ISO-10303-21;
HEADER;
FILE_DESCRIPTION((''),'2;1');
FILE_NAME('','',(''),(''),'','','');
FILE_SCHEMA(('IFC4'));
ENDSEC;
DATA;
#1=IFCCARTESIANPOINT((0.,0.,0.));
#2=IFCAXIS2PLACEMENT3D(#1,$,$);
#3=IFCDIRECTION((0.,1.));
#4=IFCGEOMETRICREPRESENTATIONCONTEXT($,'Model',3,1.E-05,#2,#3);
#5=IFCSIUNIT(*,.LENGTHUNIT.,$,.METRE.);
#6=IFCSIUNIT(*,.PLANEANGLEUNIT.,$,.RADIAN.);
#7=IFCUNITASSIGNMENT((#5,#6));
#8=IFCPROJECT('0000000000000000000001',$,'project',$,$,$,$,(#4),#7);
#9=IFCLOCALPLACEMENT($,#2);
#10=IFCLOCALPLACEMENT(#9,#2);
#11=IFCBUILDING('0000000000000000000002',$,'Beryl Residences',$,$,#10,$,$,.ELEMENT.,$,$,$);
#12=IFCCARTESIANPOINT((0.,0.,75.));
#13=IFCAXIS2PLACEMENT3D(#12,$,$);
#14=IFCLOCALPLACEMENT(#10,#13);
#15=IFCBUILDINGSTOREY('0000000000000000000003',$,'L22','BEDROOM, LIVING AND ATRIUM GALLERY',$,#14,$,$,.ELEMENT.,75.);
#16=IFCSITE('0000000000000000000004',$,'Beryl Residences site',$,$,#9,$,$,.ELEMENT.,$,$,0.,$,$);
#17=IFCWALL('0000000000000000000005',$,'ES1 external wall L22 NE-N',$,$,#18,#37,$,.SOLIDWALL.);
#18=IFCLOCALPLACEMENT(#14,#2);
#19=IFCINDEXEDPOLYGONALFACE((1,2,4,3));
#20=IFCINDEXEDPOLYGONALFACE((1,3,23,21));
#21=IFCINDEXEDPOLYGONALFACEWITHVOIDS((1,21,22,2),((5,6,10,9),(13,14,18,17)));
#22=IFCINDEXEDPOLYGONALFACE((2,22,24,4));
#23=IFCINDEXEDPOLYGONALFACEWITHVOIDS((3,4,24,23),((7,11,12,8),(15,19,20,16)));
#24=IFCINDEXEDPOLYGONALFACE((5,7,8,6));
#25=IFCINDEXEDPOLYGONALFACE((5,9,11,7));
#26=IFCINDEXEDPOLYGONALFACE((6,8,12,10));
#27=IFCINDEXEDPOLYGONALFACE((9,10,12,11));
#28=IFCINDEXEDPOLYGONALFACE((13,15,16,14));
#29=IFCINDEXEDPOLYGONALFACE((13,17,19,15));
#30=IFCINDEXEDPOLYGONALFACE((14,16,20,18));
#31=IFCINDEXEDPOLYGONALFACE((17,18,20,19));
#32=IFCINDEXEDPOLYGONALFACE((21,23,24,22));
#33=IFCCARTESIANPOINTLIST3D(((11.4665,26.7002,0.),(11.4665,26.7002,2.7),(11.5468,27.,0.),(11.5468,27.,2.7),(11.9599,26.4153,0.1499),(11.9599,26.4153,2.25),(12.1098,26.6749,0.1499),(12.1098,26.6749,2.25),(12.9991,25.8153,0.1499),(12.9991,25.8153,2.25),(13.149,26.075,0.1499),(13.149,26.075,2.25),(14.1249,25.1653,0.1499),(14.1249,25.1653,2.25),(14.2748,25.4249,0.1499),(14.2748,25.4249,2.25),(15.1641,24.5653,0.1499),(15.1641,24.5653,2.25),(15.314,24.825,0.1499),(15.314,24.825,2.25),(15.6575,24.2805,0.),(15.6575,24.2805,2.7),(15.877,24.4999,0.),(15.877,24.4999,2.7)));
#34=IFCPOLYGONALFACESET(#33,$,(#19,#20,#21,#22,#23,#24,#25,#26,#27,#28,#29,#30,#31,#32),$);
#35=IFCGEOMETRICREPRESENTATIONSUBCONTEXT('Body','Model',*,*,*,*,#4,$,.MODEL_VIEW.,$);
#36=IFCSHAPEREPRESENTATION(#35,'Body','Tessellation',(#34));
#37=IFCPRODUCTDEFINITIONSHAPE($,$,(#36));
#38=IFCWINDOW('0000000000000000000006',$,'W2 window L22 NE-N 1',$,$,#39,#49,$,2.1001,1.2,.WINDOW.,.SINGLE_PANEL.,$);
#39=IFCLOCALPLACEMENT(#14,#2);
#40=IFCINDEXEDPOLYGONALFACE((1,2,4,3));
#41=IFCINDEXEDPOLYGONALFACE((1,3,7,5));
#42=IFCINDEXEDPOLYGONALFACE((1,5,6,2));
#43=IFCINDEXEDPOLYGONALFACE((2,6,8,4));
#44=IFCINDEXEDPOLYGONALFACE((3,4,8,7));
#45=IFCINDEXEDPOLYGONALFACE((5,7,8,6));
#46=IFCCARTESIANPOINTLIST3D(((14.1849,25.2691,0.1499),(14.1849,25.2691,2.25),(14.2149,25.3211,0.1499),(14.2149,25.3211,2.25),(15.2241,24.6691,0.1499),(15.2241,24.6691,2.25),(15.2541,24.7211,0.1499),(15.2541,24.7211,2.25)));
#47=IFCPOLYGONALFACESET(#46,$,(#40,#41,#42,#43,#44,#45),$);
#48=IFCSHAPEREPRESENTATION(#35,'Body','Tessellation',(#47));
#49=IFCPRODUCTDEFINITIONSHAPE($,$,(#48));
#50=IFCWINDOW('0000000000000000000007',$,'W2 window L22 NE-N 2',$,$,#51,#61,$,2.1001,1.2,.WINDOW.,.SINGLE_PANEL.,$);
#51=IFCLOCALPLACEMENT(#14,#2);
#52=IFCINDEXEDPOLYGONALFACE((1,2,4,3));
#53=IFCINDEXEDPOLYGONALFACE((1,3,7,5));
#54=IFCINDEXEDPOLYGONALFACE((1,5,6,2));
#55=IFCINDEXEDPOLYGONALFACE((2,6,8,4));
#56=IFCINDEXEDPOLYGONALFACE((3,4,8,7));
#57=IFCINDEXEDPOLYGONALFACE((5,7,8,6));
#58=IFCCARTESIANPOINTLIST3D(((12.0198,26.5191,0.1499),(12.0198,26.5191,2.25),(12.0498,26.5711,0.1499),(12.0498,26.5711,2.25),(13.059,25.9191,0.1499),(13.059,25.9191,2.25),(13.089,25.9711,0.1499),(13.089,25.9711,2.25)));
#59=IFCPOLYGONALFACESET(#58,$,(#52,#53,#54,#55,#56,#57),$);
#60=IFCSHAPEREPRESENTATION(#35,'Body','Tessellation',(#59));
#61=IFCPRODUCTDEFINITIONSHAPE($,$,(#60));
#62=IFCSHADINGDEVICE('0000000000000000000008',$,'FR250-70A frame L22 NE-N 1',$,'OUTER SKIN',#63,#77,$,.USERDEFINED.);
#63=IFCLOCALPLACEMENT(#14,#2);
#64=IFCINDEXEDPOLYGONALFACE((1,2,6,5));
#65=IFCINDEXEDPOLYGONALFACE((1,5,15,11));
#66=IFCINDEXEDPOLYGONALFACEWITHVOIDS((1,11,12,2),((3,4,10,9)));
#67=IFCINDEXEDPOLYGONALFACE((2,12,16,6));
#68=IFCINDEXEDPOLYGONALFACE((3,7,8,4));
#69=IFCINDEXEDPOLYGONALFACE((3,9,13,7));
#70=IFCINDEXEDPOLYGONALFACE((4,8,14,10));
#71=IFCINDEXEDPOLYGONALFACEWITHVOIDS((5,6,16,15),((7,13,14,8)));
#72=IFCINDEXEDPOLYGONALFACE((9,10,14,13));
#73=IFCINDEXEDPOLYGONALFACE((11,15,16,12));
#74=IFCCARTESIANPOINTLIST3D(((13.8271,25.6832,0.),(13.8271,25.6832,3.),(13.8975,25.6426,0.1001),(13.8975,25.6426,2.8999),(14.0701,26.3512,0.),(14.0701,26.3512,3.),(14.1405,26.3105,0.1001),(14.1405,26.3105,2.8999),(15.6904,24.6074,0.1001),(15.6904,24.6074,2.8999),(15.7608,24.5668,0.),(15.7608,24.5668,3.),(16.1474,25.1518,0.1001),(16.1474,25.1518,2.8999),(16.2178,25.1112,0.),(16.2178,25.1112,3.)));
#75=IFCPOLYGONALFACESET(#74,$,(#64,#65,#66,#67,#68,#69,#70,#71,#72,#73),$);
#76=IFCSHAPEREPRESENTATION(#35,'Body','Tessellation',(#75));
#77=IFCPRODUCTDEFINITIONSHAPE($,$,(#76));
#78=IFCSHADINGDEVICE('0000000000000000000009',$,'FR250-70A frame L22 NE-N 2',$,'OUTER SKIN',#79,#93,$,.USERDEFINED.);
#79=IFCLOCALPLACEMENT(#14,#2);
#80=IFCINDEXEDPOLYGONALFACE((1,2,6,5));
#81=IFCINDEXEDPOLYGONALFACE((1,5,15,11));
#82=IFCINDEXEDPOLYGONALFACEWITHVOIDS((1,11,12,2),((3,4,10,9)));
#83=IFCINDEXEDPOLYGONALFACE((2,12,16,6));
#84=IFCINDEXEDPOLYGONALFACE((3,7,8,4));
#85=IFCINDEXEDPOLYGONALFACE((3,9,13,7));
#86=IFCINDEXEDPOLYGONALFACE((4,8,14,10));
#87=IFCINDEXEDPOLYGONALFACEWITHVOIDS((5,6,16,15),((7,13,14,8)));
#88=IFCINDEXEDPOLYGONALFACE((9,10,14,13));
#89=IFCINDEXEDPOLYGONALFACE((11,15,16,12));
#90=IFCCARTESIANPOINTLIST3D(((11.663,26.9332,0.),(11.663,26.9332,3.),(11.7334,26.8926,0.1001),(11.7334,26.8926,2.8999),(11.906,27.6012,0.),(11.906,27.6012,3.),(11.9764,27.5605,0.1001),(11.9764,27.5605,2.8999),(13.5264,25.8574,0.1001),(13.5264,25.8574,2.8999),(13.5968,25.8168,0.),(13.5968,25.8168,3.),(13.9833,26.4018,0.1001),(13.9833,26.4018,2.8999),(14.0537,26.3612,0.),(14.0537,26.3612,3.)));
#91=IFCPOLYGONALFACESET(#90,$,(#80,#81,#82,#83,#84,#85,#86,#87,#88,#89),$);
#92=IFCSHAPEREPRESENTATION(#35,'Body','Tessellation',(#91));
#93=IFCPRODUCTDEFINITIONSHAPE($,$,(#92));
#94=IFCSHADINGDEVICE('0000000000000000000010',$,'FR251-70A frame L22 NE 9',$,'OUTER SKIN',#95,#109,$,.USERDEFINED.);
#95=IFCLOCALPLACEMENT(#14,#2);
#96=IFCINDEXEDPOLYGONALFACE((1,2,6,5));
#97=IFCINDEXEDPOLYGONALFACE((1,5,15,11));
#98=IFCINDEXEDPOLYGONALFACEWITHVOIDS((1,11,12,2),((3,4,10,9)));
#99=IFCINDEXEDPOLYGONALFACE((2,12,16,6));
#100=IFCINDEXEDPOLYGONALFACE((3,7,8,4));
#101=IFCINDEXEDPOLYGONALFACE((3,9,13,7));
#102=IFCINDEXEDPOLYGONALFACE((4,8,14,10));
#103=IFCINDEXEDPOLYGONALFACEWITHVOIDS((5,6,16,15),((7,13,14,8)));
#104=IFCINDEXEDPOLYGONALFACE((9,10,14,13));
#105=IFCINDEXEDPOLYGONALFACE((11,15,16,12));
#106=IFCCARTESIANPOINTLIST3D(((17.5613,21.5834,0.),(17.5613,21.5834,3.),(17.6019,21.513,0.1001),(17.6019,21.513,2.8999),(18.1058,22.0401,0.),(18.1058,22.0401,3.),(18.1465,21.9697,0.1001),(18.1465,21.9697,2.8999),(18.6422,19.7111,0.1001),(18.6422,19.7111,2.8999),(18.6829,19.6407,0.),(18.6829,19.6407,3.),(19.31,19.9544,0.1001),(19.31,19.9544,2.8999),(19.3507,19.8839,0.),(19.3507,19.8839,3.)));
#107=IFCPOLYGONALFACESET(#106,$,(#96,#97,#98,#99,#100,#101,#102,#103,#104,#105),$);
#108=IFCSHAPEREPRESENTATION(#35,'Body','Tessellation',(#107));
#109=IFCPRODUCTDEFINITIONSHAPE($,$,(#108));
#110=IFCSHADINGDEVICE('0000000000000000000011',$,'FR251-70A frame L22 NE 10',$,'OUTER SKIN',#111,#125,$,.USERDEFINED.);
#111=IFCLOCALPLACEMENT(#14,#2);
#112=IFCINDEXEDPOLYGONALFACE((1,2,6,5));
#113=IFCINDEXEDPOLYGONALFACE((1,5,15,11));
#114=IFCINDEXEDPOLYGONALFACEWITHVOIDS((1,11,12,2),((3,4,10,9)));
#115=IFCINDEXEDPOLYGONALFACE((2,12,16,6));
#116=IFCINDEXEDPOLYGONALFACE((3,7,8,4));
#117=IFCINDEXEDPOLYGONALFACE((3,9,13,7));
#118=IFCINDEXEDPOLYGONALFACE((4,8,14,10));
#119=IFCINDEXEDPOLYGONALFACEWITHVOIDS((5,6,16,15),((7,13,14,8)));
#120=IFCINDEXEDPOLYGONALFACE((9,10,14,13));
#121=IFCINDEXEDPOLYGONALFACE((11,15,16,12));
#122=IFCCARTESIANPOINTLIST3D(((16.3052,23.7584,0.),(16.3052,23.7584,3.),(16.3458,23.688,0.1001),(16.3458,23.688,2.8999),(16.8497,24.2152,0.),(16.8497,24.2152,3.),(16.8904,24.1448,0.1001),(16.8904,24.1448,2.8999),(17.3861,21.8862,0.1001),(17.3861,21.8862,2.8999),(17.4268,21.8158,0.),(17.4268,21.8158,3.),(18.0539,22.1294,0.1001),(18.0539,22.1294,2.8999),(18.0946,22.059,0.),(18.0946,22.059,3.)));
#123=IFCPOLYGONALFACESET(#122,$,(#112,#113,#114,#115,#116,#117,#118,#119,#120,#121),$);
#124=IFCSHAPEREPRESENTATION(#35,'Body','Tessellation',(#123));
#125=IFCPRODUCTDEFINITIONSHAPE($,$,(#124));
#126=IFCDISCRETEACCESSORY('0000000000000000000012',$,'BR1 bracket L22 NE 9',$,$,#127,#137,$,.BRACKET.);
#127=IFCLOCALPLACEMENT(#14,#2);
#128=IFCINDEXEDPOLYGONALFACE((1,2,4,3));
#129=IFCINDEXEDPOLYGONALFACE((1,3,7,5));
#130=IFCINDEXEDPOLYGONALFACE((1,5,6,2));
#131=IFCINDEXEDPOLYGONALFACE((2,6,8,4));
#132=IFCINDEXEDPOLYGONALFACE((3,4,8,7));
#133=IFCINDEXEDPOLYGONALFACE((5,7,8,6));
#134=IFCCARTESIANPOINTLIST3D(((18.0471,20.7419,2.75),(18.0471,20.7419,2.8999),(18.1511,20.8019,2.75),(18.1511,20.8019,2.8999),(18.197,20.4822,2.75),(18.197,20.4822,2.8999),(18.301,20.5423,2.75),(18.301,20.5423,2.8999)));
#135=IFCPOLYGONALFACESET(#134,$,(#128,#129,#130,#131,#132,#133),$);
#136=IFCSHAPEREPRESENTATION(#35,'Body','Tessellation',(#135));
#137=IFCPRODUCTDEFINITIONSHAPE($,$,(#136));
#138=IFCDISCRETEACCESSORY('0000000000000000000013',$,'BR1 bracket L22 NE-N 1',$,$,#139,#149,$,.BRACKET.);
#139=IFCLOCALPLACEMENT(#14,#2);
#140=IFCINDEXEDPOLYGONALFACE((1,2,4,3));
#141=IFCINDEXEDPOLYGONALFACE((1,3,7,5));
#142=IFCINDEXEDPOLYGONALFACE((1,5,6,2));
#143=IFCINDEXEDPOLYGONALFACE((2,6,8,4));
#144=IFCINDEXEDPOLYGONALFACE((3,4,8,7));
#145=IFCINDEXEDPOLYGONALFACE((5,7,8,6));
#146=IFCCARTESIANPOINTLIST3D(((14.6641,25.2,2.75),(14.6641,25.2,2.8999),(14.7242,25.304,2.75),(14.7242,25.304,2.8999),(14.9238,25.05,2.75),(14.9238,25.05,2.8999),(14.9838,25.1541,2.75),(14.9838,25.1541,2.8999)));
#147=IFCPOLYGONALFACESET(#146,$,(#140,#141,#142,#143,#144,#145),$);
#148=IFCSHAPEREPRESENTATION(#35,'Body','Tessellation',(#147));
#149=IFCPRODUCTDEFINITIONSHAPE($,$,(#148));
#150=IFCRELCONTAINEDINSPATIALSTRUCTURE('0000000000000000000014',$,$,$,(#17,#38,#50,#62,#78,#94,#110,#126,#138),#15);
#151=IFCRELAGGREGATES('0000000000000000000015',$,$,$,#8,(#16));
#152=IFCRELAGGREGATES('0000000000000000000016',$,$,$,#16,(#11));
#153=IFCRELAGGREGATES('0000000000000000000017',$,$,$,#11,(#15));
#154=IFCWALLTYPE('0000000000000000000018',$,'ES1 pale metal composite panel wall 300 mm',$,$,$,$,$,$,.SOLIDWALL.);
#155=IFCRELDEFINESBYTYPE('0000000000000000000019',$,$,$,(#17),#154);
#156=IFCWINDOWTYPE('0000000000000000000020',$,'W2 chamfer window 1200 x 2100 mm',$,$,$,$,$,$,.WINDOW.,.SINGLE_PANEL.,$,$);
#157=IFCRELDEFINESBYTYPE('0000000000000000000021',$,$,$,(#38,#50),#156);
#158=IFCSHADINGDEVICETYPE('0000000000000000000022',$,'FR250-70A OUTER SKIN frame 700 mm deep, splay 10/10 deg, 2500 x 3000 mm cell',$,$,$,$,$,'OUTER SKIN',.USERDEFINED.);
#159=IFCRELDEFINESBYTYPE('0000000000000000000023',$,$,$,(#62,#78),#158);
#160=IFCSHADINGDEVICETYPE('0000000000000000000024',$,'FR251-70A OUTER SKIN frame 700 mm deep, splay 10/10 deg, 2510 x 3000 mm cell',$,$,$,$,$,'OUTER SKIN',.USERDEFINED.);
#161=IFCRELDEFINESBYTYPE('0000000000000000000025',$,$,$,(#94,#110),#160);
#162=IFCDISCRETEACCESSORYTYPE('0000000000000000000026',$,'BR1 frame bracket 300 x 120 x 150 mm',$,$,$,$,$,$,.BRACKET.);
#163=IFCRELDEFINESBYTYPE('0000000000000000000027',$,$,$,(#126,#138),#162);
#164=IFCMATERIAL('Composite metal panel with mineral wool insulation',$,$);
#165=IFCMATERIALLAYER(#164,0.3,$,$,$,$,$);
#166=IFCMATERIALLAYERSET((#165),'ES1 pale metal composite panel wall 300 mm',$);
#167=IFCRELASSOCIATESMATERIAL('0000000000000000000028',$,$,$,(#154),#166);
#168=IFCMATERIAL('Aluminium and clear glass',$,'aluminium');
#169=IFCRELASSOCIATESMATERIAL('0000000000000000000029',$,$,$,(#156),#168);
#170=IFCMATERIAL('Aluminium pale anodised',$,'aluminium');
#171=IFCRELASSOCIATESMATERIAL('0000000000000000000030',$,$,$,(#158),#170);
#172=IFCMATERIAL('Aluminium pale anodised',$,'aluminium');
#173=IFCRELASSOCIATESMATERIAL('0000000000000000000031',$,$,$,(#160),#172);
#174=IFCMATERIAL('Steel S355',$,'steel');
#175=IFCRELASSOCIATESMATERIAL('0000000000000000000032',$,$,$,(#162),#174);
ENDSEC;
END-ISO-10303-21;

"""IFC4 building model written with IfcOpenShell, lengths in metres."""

from ifc_helpers import new_model, entity, si_unit, direction, frame, frame_2d, origin, place, context, subcontext, project, spatial, polyline, rectangle, outline, extrude, source, transform, mapped, material, layer, layer_set, type_object, type_shapes, element, fill, save


model = new_model("IFC4")

# Units and contexts
model_context = context("Model", 3, precision=1e-05, world=origin(), true_north=direction((0.0, 1.0)))
body_context = subcontext(model_context, "Body", "Model", "MODEL_VIEW")
ifc_project = project(units=[si_unit("LENGTHUNIT", "METRE"), si_unit("PLANEANGLEUNIT", "RADIAN")], contexts=[model_context])

# Site, building, storey
site_placement = place(None, origin())
site = spatial("IfcSite", under=ifc_project, at=site_placement, Name="Beryl Residences site", CompositionType="ELEMENT", RefElevation=0.0)
building_placement = place(site_placement, origin())
building = spatial("IfcBuilding", under=site, at=building_placement, Name="Beryl Residences", CompositionType="ELEMENT")
storey_placement = place(building_placement, frame((0.0, 0.0, 75.0)))
storey = spatial("IfcBuildingStorey", under=building, at=storey_placement, Name="L22", Description="BEDROOM, LIVING AND ATRIUM GALLERY", CompositionType="ELEMENT", Elevation=75.0)

# Wall, openings, windows
ifc_material_1 = material(Name="Composite metal panel with mineral wool insulation")
ifc_layer = layer(ifc_material_1, 0.3)
ifc_layer_set = layer_set([ifc_layer], Name="ES1 pale metal composite panel wall 300 mm")
wall_type = type_object("IfcWallType", Name="ES1 pale metal composite panel wall 300 mm", PredefinedType="SOLIDWALL", material=ifc_layer_set)
wall_1_placement = place(storey_placement, frame((15.802, 24.3701, 0.0), z_axis=(0.0, 0.0, 1.0), x_axis=(-0.866023, 0.500004, 0.0)))
wall_1 = element("IfcWall", 1, at=wall_1_placement, inside=storey, type_object=wall_type, Name="ES1 external wall L22 NE-N", PredefinedType="SOLIDWALL", context=body_context, shape_type="SweptSolid", body=[
    extrude(outline(polyline([(0.0, -0.1499), (5.0, -0.1499), (4.9197, 0.1499), (0.0803, 0.1499), (0.0, -0.1499)])), origin(), (0.0, 0.0, 1.0), 2.7),
])
opening_1_placement = place(wall_1_placement, frame((0.6499, 0.0, 0.1499)))
opening_1 = element("IfcOpeningElement", 2, at=opening_1_placement, cuts=wall_1, PredefinedType="OPENING", context=body_context, shape_type="SweptSolid", body=[
    extrude(rectangle(XDim=1.2, YDim=2.1001, at=frame_2d((0.6001, 1.05))), frame((0.0, 0.1599, 0.0), z_axis=(0.0, -1.0, 0.0), x_axis=(1.0, 0.0, 0.0)), (0.0, 0.0, 1.0), 0.3201),
])
opening_2_placement = place(wall_1_placement, frame((3.1499, 0.0, 0.1499)))
opening_2 = element("IfcOpeningElement", 3, at=opening_2_placement, cuts=wall_1, PredefinedType="OPENING", context=body_context, shape_type="SweptSolid", body=[
    extrude(rectangle(XDim=1.2, YDim=2.1001, at=frame_2d((0.6001, 1.05))), frame((0.0, 0.1599, 0.0), z_axis=(0.0, -1.0, 0.0), x_axis=(1.0, 0.0, 0.0)), (0.0, 0.0, 1.0), 0.3201),
])
ifc_material_2 = material(Name="Aluminium and clear glass", Category="aluminium")
window_type_1 = type_object("IfcWindowType", Name="W2 chamfer window 1200 x 2100 mm", PartitioningType="SINGLE_PANEL", PredefinedType="WINDOW", material=ifc_material_2)
window_1_placement = place(opening_1_placement, origin())
window_1 = element("IfcWindow", 4, at=window_1_placement, inside=storey, type_object=window_type_1, Name="W2 window L22 NE-N 1", OverallHeight=2.1001, OverallWidth=1.2, PartitioningType="SINGLE_PANEL", PredefinedType="WINDOW", context=body_context, shape_type="SweptSolid", body=[
    extrude(rectangle(XDim=1.2, YDim=2.1001, at=frame_2d((0.6001, 1.05))), frame((0.0, 0.03, 0.0), z_axis=(0.0, -1.0, 0.0), x_axis=(1.0, 0.0, 0.0)), (0.0, 0.0, 1.0), 0.0601),
])
fill(opening_1, window_1)
window_2_placement = place(opening_2_placement, origin())
window_2 = element("IfcWindow", 5, at=window_2_placement, inside=storey, type_object=window_type_1, Name="W2 window L22 NE-N 2", OverallHeight=2.1001, OverallWidth=1.2, PartitioningType="SINGLE_PANEL", PredefinedType="WINDOW", context=body_context, shape_type="SweptSolid", body=[
    extrude(rectangle(XDim=1.2, YDim=2.1001, at=frame_2d((0.6001, 1.05))), frame((0.0, 0.03, 0.0), z_axis=(0.0, -1.0, 0.0), x_axis=(1.0, 0.0, 0.0)), (0.0, 0.0, 1.0), 0.0601),
])
fill(opening_2, window_2)

# Shading devices
ifc_material_3 = material(Name="Aluminium pale anodised", Category="aluminium")
shading_device_type_1 = type_object("IfcShadingDeviceType", Name="FR250-70A OUTER SKIN frame 700 mm deep, splay 10/10 deg, 2500 x 3000 mm cell", ElementType="OUTER SKIN", PredefinedType="USERDEFINED", material=ifc_material_3)
cartesian_point_1 = entity("IfcCartesianPoint", [-1.1165, 0.0])
cartesian_point_2 = entity("IfcCartesianPoint", [-1.0352, 0.1001])
cartesian_point_3 = entity("IfcCartesianPoint", [-1.24, 0.0])
cartesian_point_4 = entity("IfcCartesianPoint", [-1.1587, 0.1001])
shared_shape_1 = source(origin(), body_context, "Body", "SweptSolid", [
    entity("IfcExtrudedAreaSolidTapered", entity("IfcArbitraryProfileDefWithVoids", "AREA", None, entity("IfcPolyline", [cartesian_point_1, entity("IfcCartesianPoint", [1.1165, 0.0]), entity("IfcCartesianPoint", [1.1165, 3.0]), entity("IfcCartesianPoint", [-1.1165, 3.0]), cartesian_point_1]), [entity("IfcPolyline", [cartesian_point_2, entity("IfcCartesianPoint", [1.0352, 0.1001]), entity("IfcCartesianPoint", [1.0352, 2.8999]), entity("IfcCartesianPoint", [-1.0352, 2.8999]), cartesian_point_2])]), entity("IfcAxis2Placement3D", entity("IfcCartesianPoint", [0.0, 0.0, 0.0]), entity("IfcDirection", [0.0, 1.0, 0.0]), entity("IfcDirection", [-1.0, 0.0, 0.0])), entity("IfcDirection", [0.0, 0.0, 1.0]), 0.7, entity("IfcArbitraryProfileDefWithVoids", "AREA", None, entity("IfcPolyline", [cartesian_point_3, entity("IfcCartesianPoint", [1.24, 0.0]), entity("IfcCartesianPoint", [1.24, 3.0]), entity("IfcCartesianPoint", [-1.24, 3.0]), cartesian_point_3]), [entity("IfcPolyline", [cartesian_point_4, entity("IfcCartesianPoint", [1.1587, 0.1001]), entity("IfcCartesianPoint", [1.1587, 2.8999]), entity("IfcCartesianPoint", [-1.1587, 2.8999]), cartesian_point_4])])),
])
type_shapes(shading_device_type_1, [shared_shape_1])
for number, where, z_axis, x_axis, name in (
    (6, (14.7939, 25.125, 0.0), (0.0, 0.0, 1.0), (0.866025, -0.5, 0.0), "FR250-70A frame L22 NE-N 1"),
    (7, (12.6299, 26.375, 0.0), (0.0, 0.0, 1.0), (0.866025, -0.5, 0.0), "FR250-70A frame L22 NE-N 2"),
):
    element("IfcShadingDevice", number, at=place(storey_placement, frame(where, z_axis=z_axis, x_axis=x_axis)), inside=storey, type_object=shading_device_type_1, Name=name, ObjectType="OUTER SKIN", PredefinedType="USERDEFINED", context=body_context, shape_type="MappedRepresentation", body=[
        mapped(shared_shape_1, transform((0.0, 0.0, 0.0))),
    ])
ifc_material_4 = material(Name="Aluminium pale anodised", Category="aluminium")
shading_device_type_2 = type_object("IfcShadingDeviceType", Name="FR251-70A OUTER SKIN frame 700 mm deep, splay 10/10 deg, 2510 x 3000 mm cell", ElementType="OUTER SKIN", PredefinedType="USERDEFINED", material=ifc_material_4)
cartesian_point_5 = entity("IfcCartesianPoint", [-1.1216, 0.0])
cartesian_point_6 = entity("IfcCartesianPoint", [-1.0403, 0.1001])
cartesian_point_7 = entity("IfcCartesianPoint", [-1.2449, 0.0])
cartesian_point_8 = entity("IfcCartesianPoint", [-1.1636, 0.1001])
shared_shape_2 = source(origin(), body_context, "Body", "SweptSolid", [
    entity("IfcExtrudedAreaSolidTapered", entity("IfcArbitraryProfileDefWithVoids", "AREA", None, entity("IfcPolyline", [cartesian_point_5, entity("IfcCartesianPoint", [1.1216, 0.0]), entity("IfcCartesianPoint", [1.1216, 3.0]), entity("IfcCartesianPoint", [-1.1216, 3.0]), cartesian_point_5]), [entity("IfcPolyline", [cartesian_point_6, entity("IfcCartesianPoint", [1.0403, 0.1001]), entity("IfcCartesianPoint", [1.0403, 2.8999]), entity("IfcCartesianPoint", [-1.0403, 2.8999]), cartesian_point_6])]), entity("IfcAxis2Placement3D", entity("IfcCartesianPoint", [0.0, 0.0, 0.0]), entity("IfcDirection", [0.0, 1.0, 0.0]), entity("IfcDirection", [-1.0, 0.0, 0.0])), entity("IfcDirection", [0.0, 0.0, 1.0]), 0.7, entity("IfcArbitraryProfileDefWithVoids", "AREA", None, entity("IfcPolyline", [cartesian_point_7, entity("IfcCartesianPoint", [1.2449, 0.0]), entity("IfcCartesianPoint", [1.2449, 3.0]), entity("IfcCartesianPoint", [-1.2449, 3.0]), cartesian_point_7]), [entity("IfcPolyline", [cartesian_point_8, entity("IfcCartesianPoint", [1.1636, 0.1001]), entity("IfcCartesianPoint", [1.1636, 2.8999]), entity("IfcCartesianPoint", [-1.1636, 2.8999]), cartesian_point_8])])),
])
type_shapes(shading_device_type_2, [shared_shape_2])
for number, where, z_axis, x_axis, name in (
    (8, (18.1221, 20.6121, 0.0), (0.0, 0.0, 1.0), (0.5, -0.866025, 0.0), "FR251-70A frame L22 NE 9"),
    (9, (16.866, 22.7871, 0.0), (0.0, 0.0, 1.0), (0.5, -0.866025, 0.0), "FR251-70A frame L22 NE 10"),
):
    element("IfcShadingDevice", number, at=place(storey_placement, frame(where, z_axis=z_axis, x_axis=x_axis)), inside=storey, type_object=shading_device_type_2, Name=name, ObjectType="OUTER SKIN", PredefinedType="USERDEFINED", context=body_context, shape_type="MappedRepresentation", body=[
        mapped(shared_shape_2, transform((0.0, 0.0, 0.0))),
    ])

# Discrete accessories
ifc_material_5 = material(Name="Steel S355", Category="steel")
discrete_accessory_type = type_object("IfcDiscreteAccessoryType", Name="BR1 frame bracket 300 x 120 x 150 mm", PredefinedType="BRACKET", material=ifc_material_5)
shared_shape_3 = source(origin(), body_context, "Body", "SweptSolid", [
    extrude(outline(polyline([(-0.1499, 0.0), (0.1499, 0.0), (0.1499, 0.1201), (-0.1499, 0.1201), (-0.1499, 0.0)])), origin(), (0.0, 0.0, 1.0), 0.1499),
])
type_shapes(discrete_accessory_type, [shared_shape_3])
for number, where, z_axis, x_axis, name in (
    (10, (18.1221, 20.6121, 2.75), (0.0, 0.0, 1.0), (0.5, -0.866025, 0.0), "BR1 bracket L22 NE 9"),
    (11, (14.7939, 25.125, 2.75), (0.0, 0.0, 1.0), (0.866025, -0.5, 0.0), "BR1 bracket L22 NE-N 1"),
):
    element("IfcDiscreteAccessory", number, at=place(storey_placement, frame(where, z_axis=z_axis, x_axis=x_axis)), inside=storey, type_object=discrete_accessory_type, Name=name, PredefinedType="BRACKET", context=body_context, shape_type="MappedRepresentation", body=[
        mapped(shared_shape_3, transform((0.0, 0.0, 0.0))),
    ])

save(model, "model.ifc")
